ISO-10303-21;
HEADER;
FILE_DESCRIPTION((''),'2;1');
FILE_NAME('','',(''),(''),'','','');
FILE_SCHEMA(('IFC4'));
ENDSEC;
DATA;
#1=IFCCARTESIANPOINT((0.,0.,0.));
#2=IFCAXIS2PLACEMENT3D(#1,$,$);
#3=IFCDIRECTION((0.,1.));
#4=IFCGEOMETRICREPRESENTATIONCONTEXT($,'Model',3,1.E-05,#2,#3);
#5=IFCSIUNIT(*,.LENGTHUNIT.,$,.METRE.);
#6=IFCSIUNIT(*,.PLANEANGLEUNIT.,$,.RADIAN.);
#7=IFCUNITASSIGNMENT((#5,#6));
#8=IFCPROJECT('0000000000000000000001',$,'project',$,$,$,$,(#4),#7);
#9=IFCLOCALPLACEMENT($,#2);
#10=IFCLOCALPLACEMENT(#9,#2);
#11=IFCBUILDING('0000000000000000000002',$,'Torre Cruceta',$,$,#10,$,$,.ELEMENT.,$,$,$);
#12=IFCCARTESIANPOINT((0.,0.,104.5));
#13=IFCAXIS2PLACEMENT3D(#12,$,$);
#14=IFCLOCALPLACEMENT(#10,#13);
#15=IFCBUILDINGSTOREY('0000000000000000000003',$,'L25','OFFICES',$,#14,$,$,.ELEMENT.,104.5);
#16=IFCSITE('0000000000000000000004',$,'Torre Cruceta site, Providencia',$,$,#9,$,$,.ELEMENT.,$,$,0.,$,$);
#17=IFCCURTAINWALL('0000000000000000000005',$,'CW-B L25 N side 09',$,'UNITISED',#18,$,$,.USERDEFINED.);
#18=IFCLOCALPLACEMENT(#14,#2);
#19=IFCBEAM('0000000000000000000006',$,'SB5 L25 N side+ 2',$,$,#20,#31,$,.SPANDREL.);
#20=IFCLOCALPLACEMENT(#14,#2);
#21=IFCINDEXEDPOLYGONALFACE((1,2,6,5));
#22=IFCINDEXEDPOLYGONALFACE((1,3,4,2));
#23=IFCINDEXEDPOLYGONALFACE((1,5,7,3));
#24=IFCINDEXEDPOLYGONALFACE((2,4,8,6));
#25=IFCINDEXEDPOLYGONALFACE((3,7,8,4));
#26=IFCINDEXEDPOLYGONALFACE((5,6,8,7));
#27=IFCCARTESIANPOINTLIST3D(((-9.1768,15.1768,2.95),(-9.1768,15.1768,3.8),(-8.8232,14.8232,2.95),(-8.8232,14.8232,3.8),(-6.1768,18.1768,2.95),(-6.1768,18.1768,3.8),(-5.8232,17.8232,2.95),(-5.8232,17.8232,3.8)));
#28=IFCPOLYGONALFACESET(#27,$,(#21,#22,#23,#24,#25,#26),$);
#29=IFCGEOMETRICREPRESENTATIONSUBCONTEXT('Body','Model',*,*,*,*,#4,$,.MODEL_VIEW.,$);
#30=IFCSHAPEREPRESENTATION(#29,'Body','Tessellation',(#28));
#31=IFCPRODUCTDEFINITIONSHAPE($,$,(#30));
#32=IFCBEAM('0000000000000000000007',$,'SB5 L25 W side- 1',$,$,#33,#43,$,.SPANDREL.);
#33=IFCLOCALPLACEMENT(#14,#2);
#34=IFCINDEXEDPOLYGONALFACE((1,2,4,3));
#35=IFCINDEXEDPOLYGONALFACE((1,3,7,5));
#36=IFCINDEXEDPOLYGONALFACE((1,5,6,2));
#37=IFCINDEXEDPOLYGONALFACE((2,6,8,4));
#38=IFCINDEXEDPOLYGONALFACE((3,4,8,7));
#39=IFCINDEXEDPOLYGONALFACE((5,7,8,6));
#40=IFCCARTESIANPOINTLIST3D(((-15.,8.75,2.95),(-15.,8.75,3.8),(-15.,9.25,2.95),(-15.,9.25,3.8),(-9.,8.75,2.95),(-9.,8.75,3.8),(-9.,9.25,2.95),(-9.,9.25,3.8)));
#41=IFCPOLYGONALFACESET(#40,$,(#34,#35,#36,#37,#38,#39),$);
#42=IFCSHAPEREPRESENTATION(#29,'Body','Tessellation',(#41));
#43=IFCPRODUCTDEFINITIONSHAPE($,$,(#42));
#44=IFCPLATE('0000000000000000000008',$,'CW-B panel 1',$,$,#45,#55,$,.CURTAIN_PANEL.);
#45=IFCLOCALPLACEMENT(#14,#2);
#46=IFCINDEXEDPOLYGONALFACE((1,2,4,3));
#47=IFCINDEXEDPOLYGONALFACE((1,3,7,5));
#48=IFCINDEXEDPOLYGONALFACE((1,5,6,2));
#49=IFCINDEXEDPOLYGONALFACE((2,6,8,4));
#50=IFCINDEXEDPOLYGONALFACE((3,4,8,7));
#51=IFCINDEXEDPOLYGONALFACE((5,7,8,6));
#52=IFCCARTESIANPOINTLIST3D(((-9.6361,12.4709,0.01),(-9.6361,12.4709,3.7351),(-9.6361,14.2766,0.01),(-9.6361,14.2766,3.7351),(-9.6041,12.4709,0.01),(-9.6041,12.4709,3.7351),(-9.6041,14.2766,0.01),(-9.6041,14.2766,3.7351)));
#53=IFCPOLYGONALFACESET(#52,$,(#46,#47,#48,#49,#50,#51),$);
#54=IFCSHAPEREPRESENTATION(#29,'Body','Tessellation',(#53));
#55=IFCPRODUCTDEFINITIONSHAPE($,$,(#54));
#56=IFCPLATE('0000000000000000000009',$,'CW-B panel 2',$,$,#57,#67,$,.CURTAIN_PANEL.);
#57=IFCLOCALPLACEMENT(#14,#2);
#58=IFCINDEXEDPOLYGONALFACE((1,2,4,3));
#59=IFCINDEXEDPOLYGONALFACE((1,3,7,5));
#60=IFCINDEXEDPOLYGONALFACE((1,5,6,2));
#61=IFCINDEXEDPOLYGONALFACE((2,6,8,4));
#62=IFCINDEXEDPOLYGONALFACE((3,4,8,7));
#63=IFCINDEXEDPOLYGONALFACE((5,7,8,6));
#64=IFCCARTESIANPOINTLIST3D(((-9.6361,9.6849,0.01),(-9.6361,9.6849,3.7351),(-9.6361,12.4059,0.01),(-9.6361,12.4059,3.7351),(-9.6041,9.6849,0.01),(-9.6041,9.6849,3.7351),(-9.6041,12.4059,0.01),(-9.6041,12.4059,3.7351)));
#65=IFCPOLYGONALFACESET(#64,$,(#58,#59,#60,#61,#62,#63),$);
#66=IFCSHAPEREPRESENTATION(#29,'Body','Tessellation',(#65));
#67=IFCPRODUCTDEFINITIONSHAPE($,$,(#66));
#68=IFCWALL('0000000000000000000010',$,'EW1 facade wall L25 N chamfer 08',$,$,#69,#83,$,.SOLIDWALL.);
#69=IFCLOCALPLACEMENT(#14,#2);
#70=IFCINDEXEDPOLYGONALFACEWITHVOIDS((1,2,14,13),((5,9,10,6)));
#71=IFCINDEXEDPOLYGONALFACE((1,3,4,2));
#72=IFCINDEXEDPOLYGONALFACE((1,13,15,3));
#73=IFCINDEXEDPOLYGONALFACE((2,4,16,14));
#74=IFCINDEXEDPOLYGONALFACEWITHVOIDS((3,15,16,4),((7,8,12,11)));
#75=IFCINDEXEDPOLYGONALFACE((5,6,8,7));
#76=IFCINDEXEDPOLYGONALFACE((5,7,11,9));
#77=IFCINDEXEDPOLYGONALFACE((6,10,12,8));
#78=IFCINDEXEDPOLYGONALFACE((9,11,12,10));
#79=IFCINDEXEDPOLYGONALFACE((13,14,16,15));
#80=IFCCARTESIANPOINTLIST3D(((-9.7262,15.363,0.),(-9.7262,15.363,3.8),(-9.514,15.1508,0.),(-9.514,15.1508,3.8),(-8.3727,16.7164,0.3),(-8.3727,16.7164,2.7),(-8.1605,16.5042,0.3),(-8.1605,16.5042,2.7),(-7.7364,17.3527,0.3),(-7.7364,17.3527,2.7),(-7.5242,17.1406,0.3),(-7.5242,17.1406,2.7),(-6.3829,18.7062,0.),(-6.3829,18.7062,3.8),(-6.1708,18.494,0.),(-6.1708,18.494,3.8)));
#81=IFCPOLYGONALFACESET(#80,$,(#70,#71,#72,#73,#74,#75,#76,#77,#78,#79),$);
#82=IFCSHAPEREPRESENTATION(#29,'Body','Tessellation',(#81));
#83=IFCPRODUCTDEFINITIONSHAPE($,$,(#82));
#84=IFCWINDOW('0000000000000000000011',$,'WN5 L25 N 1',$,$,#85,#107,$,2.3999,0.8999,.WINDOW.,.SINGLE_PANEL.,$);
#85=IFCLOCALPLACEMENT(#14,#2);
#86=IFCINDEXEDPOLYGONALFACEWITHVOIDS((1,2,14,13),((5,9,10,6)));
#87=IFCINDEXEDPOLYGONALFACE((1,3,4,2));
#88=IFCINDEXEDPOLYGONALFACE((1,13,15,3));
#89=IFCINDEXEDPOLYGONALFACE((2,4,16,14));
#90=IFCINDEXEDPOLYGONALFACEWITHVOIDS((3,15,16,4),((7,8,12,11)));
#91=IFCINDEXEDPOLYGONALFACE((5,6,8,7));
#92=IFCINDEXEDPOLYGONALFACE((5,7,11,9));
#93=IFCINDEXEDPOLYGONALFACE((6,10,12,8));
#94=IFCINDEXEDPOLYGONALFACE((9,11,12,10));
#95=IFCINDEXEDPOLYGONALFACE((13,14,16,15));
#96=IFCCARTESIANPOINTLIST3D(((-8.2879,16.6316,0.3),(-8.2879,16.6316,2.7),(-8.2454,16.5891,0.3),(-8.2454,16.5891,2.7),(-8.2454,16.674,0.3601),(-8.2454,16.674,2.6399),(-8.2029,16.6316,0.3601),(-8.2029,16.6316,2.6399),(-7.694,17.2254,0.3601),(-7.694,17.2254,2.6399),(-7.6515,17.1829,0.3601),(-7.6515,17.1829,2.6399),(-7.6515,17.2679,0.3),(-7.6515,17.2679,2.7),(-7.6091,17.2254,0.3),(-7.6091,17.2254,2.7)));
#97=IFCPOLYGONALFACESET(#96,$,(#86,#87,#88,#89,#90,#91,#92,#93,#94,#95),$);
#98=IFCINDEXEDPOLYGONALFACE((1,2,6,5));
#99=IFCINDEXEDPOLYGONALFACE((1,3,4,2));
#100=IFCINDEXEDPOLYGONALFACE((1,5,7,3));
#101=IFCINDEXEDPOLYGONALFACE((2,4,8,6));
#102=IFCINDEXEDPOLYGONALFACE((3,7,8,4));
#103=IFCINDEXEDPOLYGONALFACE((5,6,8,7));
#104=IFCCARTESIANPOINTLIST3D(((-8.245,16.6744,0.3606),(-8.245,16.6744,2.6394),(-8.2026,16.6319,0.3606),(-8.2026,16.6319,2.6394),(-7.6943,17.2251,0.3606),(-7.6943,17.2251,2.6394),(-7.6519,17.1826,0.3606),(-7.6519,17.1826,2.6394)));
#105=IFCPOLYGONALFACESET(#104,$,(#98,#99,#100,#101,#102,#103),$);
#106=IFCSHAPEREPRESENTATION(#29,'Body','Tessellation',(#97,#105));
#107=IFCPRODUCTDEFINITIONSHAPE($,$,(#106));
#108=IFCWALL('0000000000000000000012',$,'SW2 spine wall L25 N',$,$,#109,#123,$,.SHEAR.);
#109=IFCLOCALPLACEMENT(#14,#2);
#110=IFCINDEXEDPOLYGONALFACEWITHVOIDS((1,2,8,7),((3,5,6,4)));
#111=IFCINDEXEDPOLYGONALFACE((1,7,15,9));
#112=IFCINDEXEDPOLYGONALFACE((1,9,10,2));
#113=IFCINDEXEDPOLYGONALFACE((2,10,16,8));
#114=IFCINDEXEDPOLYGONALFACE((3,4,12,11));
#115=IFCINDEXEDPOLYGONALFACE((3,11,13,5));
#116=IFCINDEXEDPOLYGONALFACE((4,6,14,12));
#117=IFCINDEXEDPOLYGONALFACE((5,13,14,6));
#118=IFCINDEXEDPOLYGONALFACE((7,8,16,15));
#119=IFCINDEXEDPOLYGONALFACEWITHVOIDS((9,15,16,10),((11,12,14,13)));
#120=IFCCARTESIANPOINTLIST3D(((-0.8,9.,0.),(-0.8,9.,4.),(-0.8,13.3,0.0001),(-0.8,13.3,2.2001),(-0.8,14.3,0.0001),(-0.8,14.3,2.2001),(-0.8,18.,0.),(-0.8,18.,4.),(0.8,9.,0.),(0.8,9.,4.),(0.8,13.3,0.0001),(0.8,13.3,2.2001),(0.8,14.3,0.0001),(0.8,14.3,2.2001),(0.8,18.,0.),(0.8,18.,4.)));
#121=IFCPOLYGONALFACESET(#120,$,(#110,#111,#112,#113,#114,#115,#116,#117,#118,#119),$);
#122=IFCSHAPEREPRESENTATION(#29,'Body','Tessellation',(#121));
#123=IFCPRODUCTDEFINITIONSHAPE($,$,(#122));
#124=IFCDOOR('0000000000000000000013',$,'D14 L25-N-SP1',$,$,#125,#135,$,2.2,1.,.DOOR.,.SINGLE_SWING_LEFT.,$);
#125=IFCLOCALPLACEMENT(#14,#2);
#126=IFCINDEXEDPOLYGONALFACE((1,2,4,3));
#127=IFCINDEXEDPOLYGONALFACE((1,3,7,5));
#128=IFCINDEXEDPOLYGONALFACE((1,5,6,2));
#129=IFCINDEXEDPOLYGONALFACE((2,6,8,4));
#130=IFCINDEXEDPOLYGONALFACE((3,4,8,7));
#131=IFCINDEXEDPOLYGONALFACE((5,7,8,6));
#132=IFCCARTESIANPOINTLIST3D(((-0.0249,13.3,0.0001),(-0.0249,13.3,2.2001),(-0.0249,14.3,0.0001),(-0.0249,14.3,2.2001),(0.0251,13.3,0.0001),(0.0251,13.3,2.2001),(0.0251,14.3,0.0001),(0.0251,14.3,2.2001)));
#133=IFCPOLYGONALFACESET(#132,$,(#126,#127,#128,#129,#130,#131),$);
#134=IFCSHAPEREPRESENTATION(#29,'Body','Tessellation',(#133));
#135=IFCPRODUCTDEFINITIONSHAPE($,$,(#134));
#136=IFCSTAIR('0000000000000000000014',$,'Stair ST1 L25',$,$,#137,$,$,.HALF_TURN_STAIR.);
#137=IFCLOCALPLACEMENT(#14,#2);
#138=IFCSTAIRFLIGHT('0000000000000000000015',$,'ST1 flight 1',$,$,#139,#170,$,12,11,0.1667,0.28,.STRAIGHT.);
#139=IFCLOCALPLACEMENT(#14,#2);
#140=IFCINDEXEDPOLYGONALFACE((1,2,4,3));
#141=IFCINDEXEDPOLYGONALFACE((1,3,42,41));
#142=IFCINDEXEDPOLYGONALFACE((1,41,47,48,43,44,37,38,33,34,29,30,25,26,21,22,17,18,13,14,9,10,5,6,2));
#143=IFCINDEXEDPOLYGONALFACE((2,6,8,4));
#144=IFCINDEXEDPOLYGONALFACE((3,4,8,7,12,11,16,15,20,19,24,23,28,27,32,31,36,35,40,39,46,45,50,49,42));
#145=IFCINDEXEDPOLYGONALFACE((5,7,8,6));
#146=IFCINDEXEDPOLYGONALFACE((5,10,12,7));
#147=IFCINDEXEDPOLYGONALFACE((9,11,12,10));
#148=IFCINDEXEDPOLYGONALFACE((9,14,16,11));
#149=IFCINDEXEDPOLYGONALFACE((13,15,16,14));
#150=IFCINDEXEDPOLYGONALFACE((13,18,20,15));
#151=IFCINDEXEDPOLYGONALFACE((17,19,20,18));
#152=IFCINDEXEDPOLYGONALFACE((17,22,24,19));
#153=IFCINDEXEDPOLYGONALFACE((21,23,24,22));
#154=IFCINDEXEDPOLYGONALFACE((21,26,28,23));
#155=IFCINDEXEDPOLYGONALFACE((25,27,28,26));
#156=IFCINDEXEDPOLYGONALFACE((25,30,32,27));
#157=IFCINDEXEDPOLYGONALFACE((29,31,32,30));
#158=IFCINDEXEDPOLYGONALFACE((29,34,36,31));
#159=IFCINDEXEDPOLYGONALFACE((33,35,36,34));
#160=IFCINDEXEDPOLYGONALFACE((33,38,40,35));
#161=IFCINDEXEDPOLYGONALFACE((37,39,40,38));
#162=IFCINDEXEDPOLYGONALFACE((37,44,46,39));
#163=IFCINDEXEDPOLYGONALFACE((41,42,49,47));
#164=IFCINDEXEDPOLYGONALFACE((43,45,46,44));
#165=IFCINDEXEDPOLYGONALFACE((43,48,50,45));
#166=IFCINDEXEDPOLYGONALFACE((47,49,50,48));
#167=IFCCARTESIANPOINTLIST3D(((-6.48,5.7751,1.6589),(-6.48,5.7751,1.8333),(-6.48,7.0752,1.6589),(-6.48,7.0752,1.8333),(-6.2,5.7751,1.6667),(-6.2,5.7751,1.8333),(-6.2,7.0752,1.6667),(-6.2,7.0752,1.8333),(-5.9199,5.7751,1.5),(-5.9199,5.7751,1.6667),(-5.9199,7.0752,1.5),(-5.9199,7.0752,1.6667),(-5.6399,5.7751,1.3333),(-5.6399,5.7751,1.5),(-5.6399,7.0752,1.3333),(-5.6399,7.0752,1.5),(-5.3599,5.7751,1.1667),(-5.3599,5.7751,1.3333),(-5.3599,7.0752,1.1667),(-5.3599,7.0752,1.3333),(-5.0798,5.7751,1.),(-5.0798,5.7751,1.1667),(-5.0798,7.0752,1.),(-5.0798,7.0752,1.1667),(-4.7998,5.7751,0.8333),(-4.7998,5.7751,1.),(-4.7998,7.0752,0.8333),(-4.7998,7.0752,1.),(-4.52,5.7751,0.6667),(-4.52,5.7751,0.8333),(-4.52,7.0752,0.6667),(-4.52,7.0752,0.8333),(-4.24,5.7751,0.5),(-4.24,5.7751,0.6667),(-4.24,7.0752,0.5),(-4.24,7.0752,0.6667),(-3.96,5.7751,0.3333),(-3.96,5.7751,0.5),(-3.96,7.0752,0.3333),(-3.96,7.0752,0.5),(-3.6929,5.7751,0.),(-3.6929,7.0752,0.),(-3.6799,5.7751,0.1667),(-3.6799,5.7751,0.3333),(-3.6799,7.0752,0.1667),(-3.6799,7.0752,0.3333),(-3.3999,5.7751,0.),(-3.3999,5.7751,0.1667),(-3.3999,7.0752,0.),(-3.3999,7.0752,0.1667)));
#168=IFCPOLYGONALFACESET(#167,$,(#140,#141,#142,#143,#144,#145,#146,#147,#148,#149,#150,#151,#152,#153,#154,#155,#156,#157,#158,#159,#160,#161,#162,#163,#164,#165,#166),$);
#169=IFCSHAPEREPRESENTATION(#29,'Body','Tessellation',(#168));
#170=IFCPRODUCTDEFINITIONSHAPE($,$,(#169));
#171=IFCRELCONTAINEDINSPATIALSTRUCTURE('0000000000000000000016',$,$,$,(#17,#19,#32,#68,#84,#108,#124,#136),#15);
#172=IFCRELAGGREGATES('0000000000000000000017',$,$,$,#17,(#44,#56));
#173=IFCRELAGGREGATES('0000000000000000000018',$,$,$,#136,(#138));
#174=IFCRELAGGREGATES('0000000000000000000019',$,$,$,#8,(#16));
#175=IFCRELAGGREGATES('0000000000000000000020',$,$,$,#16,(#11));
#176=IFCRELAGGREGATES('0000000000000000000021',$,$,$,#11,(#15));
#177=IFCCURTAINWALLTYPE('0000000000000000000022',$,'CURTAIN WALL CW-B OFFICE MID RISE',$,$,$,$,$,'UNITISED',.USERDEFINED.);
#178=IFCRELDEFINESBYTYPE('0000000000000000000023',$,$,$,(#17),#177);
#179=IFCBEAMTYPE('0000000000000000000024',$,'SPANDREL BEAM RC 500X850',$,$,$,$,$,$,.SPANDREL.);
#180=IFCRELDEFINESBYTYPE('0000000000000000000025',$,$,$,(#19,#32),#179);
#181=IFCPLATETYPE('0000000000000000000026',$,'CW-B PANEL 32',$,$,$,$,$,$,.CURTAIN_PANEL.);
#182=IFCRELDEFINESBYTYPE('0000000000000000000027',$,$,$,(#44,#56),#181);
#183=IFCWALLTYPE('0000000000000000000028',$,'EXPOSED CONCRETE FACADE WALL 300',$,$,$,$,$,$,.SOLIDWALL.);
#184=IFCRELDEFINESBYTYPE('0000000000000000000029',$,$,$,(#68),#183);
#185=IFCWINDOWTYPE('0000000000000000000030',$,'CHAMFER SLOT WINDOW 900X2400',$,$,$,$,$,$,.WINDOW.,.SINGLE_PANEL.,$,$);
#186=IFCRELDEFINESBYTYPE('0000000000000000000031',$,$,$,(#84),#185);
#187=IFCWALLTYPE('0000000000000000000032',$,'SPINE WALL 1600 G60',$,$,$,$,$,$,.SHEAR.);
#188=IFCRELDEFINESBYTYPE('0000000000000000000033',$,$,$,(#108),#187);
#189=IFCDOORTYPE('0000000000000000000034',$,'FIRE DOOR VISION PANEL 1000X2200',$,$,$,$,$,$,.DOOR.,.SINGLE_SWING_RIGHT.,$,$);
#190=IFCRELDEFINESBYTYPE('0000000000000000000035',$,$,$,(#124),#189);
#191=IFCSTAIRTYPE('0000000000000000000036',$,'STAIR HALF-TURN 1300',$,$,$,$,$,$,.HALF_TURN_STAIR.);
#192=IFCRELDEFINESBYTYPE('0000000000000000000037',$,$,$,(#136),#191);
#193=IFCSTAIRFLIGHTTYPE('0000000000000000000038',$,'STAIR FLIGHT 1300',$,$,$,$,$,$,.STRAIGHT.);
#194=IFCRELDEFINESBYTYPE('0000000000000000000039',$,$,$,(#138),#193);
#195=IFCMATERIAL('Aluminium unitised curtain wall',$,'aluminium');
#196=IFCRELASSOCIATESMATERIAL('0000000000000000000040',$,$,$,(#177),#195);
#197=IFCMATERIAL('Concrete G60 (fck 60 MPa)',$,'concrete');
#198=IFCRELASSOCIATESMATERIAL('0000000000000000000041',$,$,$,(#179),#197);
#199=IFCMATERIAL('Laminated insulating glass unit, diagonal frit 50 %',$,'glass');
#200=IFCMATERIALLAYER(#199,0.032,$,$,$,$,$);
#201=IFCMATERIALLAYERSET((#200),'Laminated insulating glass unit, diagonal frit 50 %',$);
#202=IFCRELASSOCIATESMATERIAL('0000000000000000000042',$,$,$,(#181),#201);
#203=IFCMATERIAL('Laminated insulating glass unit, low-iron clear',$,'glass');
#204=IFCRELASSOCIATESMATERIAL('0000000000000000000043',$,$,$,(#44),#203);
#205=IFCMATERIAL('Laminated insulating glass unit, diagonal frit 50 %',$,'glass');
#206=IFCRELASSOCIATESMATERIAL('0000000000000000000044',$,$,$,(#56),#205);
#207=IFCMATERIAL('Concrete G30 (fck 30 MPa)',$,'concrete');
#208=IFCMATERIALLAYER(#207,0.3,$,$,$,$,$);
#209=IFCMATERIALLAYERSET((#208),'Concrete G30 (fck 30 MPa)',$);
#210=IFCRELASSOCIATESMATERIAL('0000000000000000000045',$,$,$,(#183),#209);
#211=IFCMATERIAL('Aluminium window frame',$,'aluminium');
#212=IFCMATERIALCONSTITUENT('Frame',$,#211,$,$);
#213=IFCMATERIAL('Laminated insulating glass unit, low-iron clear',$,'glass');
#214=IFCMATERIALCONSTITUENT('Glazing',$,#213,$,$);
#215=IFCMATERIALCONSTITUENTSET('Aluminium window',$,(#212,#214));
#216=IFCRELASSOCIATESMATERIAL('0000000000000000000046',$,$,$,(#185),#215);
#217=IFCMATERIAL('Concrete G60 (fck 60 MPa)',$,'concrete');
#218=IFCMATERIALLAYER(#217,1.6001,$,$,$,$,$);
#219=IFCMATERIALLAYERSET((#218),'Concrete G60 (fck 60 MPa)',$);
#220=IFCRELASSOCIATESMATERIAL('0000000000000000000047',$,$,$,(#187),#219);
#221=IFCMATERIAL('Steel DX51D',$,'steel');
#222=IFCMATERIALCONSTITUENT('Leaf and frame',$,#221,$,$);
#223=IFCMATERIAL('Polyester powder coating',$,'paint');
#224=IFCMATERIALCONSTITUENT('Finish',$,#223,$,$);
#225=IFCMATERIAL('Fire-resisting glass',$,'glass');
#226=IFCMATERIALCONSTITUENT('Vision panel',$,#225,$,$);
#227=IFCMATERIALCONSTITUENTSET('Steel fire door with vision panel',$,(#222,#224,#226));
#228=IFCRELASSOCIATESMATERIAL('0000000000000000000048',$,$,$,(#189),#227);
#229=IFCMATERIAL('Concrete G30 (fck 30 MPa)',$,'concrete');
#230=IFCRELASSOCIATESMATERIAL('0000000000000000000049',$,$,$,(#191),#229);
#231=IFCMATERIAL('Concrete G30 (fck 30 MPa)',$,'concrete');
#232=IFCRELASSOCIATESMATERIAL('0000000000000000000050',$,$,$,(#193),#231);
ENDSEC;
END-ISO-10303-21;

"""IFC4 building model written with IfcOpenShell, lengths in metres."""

from ifc_helpers import new_model, si_unit, direction, frame, frame_2d, origin, origin_2d, place, context, subcontext, project, spatial, polyline, rectangle, hollow_rectangle, outline, extrude, material, layer, layer_set, constituent, constituent_set, material_profile, profile_set, type_object, element, fill, aggregate, save


model = new_model("IFC4")

# Units and contexts
model_context = context("Model", 3, precision=1e-05, world=origin(), true_north=direction((0.0, 1.0)))
body_context = subcontext(model_context, "Body", "Model", "MODEL_VIEW")
ifc_project = project(units=[si_unit("LENGTHUNIT", "METRE"), si_unit("PLANEANGLEUNIT", "RADIAN")], contexts=[model_context])

# Site, building, storey
site_placement = place(None, origin())
site = spatial("IfcSite", under=ifc_project, at=site_placement, Name="Torre Cruceta site, Providencia", CompositionType="ELEMENT", RefElevation=0.0)
building_placement = place(site_placement, origin())
building = spatial("IfcBuilding", under=site, at=building_placement, Name="Torre Cruceta", CompositionType="ELEMENT")
storey_placement = place(building_placement, frame((0.0, 0.0, 104.5)))
storey = spatial("IfcBuildingStorey", under=building, at=storey_placement, Name="L25", Description="OFFICES", CompositionType="ELEMENT", Elevation=104.5)

# Curtain wall
ifc_material_1 = material(Name="Aluminium unitised curtain wall", Category="aluminium")
curtain_wall_type = type_object("IfcCurtainWallType", Name="CURTAIN WALL CW-B OFFICE MID RISE", ElementType="UNITISED", PredefinedType="USERDEFINED", material=ifc_material_1)
curtain_wall_placement = place(storey_placement, origin())
curtain_wall = element("IfcCurtainWall", 1, at=curtain_wall_placement, inside=storey, type_object=curtain_wall_type, Name="CW-B L25 N side 09", ObjectType="UNITISED", PredefinedType="USERDEFINED")

# Beams
ifc_material_2 = material(Name="Concrete G60 (fck 60 MPa)", Category="concrete")
ifc_material_profile_1 = material_profile(ifc_material_2, rectangle(XDim=0.5, YDim=0.8501, at=origin_2d()), Name="RC 500X850")
ifc_profile_set_1 = profile_set([ifc_material_profile_1], Name="Concrete G60 (fck 60 MPa)")
beam_type_1 = type_object("IfcBeamType", Name="SPANDREL BEAM RC 500X850", PredefinedType="SPANDREL", material=ifc_profile_set_1)
beam_1_placement = place(storey_placement, frame((-9.0, 15.0, 3.375), z_axis=(0.707107, 0.707107, 0.0), x_axis=(-0.707107, 0.707107, 0.0)))
element("IfcBeam", 2, at=beam_1_placement, inside=storey, type_object=beam_type_1, Name="SB5 L25 N side+ 2", PredefinedType="SPANDREL", context=body_context, shape_type="SweptSolid", body=[
    extrude(rectangle(XDim=0.5, YDim=0.8501, at=origin_2d()), origin(), (0.0, 0.0, 1.0), 4.2427),
])
beam_2_placement = place(storey_placement, frame((-9.0, 9.0, 3.375), z_axis=(-1.0, 0.0, 0.0), x_axis=(0.0, -1.0, 0.0)))
element("IfcBeam", 3, at=beam_2_placement, inside=storey, type_object=beam_type_1, Name="SB5 L25 W side- 1", PredefinedType="SPANDREL", context=body_context, shape_type="SweptSolid", body=[
    extrude(rectangle(XDim=0.5, YDim=0.8501, at=origin_2d()), origin(), (0.0, 0.0, 1.0), 6.0),
])

# Plates
ifc_material_3 = material(Name="Laminated insulating glass unit, low-iron clear", Category="glass")
ifc_material_4 = material(Name="Laminated insulating glass unit, diagonal frit 50 %", Category="glass")
ifc_layer_1 = layer(ifc_material_4, 0.032)
ifc_layer_set_1 = layer_set([ifc_layer_1], Name="Laminated insulating glass unit, diagonal frit 50 %")
plate_type = type_object("IfcPlateType", Name="CW-B PANEL 32", PredefinedType="CURTAIN_PANEL", material=ifc_layer_set_1)
plate_1_placement = place(storey_placement, frame((-9.6201, 13.3738, 0.01), z_axis=(0.0, 0.0, 1.0), x_axis=(0.0, -1.0, 0.0)))
plate_1 = element("IfcPlate", 4, at=plate_1_placement, type_object=plate_type, material=ifc_material_3, Name="CW-B panel 1", PredefinedType="CURTAIN_PANEL", context=body_context, shape_type="SweptSolid", body=[
    extrude(rectangle(XDim=1.8057, YDim=0.032, at=origin_2d()), origin(), (0.0, 0.0, 1.0), 3.7251),
])
ifc_material_5 = material(Name="Laminated insulating glass unit, diagonal frit 50 %", Category="glass")
plate_2_placement = place(storey_placement, frame((-9.6201, 11.0454, 0.01), z_axis=(0.0, 0.0, 1.0), x_axis=(0.0, -1.0, 0.0)))
plate_2 = element("IfcPlate", 5, at=plate_2_placement, type_object=plate_type, material=ifc_material_5, Name="CW-B panel 2", PredefinedType="CURTAIN_PANEL", context=body_context, shape_type="SweptSolid", body=[
    extrude(rectangle(XDim=2.7209, YDim=0.032, at=origin_2d()), origin(), (0.0, 0.0, 1.0), 3.7251),
])
aggregate(curtain_wall, [plate_1, plate_2])

# Wall, opening, window
ifc_material_6 = material(Name="Concrete G30 (fck 30 MPa)", Category="concrete")
ifc_layer_2 = layer(ifc_material_6, 0.3)
ifc_layer_set_2 = layer_set([ifc_layer_2], Name="Concrete G30 (fck 30 MPa)")
wall_type_1 = type_object("IfcWallType", Name="EXPOSED CONCRETE FACADE WALL 300", PredefinedType="SOLIDWALL", material=ifc_layer_set_2)
wall_1_placement = place(storey_placement, frame((-6.2769, 18.6001, 0.0), z_axis=(0.0, 0.0, 1.0), x_axis=(-0.707107, -0.707107, 0.0)))
wall_1 = element("IfcWall", 6, at=wall_1_placement, inside=storey, type_object=wall_type_1, Name="EW1 facade wall L25 N chamfer 08", PredefinedType="SOLIDWALL", context=body_context, shape_type="SweptSolid", body=[
    extrude(rectangle(XDim=4.728, YDim=0.3, at=frame_2d((2.364, 0.0))), origin(), (0.0, 0.0, 1.0), 3.8),
])
opening_1_placement = place(wall_1_placement, frame((1.9141, 0.0, 0.3)))
opening_1 = element("IfcOpeningElement", 7, at=opening_1_placement, cuts=wall_1, PredefinedType="OPENING", context=body_context, shape_type="SweptSolid", body=[
    extrude(rectangle(XDim=0.8999, YDim=2.3999, at=frame_2d((0.45, 1.2))), frame((0.0, 0.1599, 0.0), z_axis=(0.0, -1.0, 0.0), x_axis=(1.0, 0.0, 0.0)), (0.0, 0.0, 1.0), 0.3201),
])
ifc_material_7 = material(Name="Aluminium window frame", Category="aluminium")
ifc_constituent_1 = constituent(ifc_material_7, Name="Frame")
ifc_material_8 = material(Name="Laminated insulating glass unit, low-iron clear", Category="glass")
ifc_constituent_2 = constituent(ifc_material_8, Name="Glazing")
ifc_constituent_set_1 = constituent_set(constituents=[ifc_constituent_1, ifc_constituent_2], Name="Aluminium window")
window_type = type_object("IfcWindowType", Name="CHAMFER SLOT WINDOW 900X2400", PartitioningType="SINGLE_PANEL", PredefinedType="WINDOW", material=ifc_constituent_set_1)
window_placement = place(opening_1_placement, origin())
window = element("IfcWindow", 8, at=window_placement, inside=storey, type_object=window_type, Name="WN5 L25 N 1", OverallHeight=2.3999, OverallWidth=0.8999, PartitioningType="SINGLE_PANEL", PredefinedType="WINDOW", context=body_context, shape_type="SweptSolid", body=[
    extrude(hollow_rectangle(XDim=0.8999, YDim=2.3999, WallThickness=0.0601, at=frame_2d((0.45, 1.2))), frame((0.0, 0.03, 0.0), z_axis=(0.0, -1.0, 0.0), x_axis=(1.0, 0.0, 0.0)), (0.0, 0.0, 1.0), 0.0601),
    extrude(rectangle(XDim=0.7788, YDim=2.2788, at=frame_2d((0.45, 1.2))), frame((0.0, 0.03, 0.0), z_axis=(0.0, -1.0, 0.0), x_axis=(1.0, 0.0, 0.0)), (0.0, 0.0, 1.0), 0.0601),
])
fill(opening_1, window)

# Wall, opening, door
ifc_material_9 = material(Name="Concrete G60 (fck 60 MPa)", Category="concrete")
ifc_layer_3 = layer(ifc_material_9, 1.6001)
ifc_layer_set_3 = layer_set([ifc_layer_3], Name="Concrete G60 (fck 60 MPa)")
wall_type_2 = type_object("IfcWallType", Name="SPINE WALL 1600 G60", PredefinedType="SHEAR", material=ifc_layer_set_3)
wall_2_placement = place(storey_placement, frame((0.0, 9.0, 0.0), z_axis=(0.0, 0.0, 1.0), x_axis=(0.0, 1.0, 0.0)))
wall_2 = element("IfcWall", 9, at=wall_2_placement, inside=storey, type_object=wall_type_2, Name="SW2 spine wall L25 N", PredefinedType="SHEAR", context=body_context, shape_type="SweptSolid", body=[
    extrude(rectangle(XDim=9.0, YDim=1.6001, at=frame_2d((4.5, 0.0))), origin(), (0.0, 0.0, 1.0), 4.0),
])
opening_2_placement = place(wall_2_placement, frame((4.3, 0.0, 0.0)))
opening_2 = element("IfcOpeningElement", 10, at=opening_2_placement, cuts=wall_2, PredefinedType="OPENING", context=body_context, shape_type="SweptSolid", body=[
    extrude(rectangle(XDim=1.0, YDim=2.2, at=frame_2d((0.5, 1.1001))), frame((0.0, 0.8101, 0.0), z_axis=(0.0, -1.0, 0.0), x_axis=(1.0, 0.0, 0.0)), (0.0, 0.0, 1.0), 1.6201),
])
ifc_material_10 = material(Name="Steel DX51D", Category="steel")
ifc_constituent_3 = constituent(ifc_material_10, Name="Leaf and frame")
ifc_material_11 = material(Name="Polyester powder coating", Category="paint")
ifc_constituent_4 = constituent(ifc_material_11, Name="Finish")
ifc_material_12 = material(Name="Fire-resisting glass", Category="glass")
ifc_constituent_5 = constituent(ifc_material_12, Name="Vision panel")
ifc_constituent_set_2 = constituent_set(constituents=[ifc_constituent_3, ifc_constituent_4, ifc_constituent_5], Name="Steel fire door with vision panel")
door_type_1 = type_object("IfcDoorType", Name="FIRE DOOR VISION PANEL 1000X2200", OperationType="SINGLE_SWING_RIGHT", PredefinedType="DOOR", material=ifc_constituent_set_2)
door_1_placement = place(opening_2_placement, frame((1.0, 0.0, 0.0), z_axis=(0.0, 0.0, 1.0), x_axis=(-1.0, 0.0, 0.0)))
door_1 = element("IfcDoor", 11, at=door_1_placement, inside=storey, type_object=door_type_1, Name="D14 L25-N-SP1", OperationType="SINGLE_SWING_LEFT", OverallHeight=2.2, OverallWidth=1.0, PredefinedType="DOOR", context=body_context, shape_type="SweptSolid", body=[
    extrude(rectangle(XDim=1.0, YDim=2.2, at=frame_2d((0.5, 1.1001))), frame((0.0, 0.0251, 0.0), z_axis=(0.0, -1.0, 0.0), x_axis=(1.0, 0.0, 0.0)), (0.0, 0.0, 1.0), 0.05),
])
fill(opening_2, door_1)

# Stair, stair flight
ifc_material_13 = material(Name="Concrete G30 (fck 30 MPa)", Category="concrete")
stair_type = type_object("IfcStairType", Name="STAIR HALF-TURN 1300", PredefinedType="HALF_TURN_STAIR", material=ifc_material_13)
stair_placement = place(storey_placement, origin())
stair = element("IfcStair", 12, at=stair_placement, inside=storey, type_object=stair_type, Name="Stair ST1 L25", PredefinedType="HALF_TURN_STAIR")
ifc_material_14 = material(Name="Concrete G30 (fck 30 MPa)", Category="concrete")
stair_flight_type = type_object("IfcStairFlightType", Name="STAIR FLIGHT 1300", PredefinedType="STRAIGHT", material=ifc_material_14)
stair_flight_1_placement = place(storey_placement, frame((-3.3999, 6.425, 0.0), z_axis=(0.0, 0.0, 1.0), x_axis=(-1.0, 0.0, 0.0)))
stair_flight_1 = element("IfcStairFlight", 13, at=stair_flight_1_placement, type_object=stair_flight_type, Name="ST1 flight 1", NumberOfRisers=12, NumberOfTreads=11, PredefinedType="STRAIGHT", RiserHeight=0.1667, TreadLength=0.28, context=body_context, shape_type="SweptSolid", body=[
    extrude(outline(polyline([(0.0, 0.0), (0.0, 0.1667), (0.28, 0.1667), (0.28, 0.3333), (0.5601, 0.3333), (0.5601, 0.5), (0.8401, 0.5), (0.8401, 0.6667), (1.1201, 0.6667), (1.1201, 0.8333), (1.3999, 0.8333), (1.3999, 1.0), (1.6799, 1.0), (1.6799, 1.1667), (1.96, 1.1667), (1.96, 1.3333), (2.24, 1.3333), (2.24, 1.5), (2.52, 1.5), (2.52, 1.6667), (2.8, 1.6667), (2.8, 1.8333), (3.0801, 1.8333), (3.0801, 2.0), (3.0801, 1.6589), (0.293, 0.0), (0.0, 0.0)])), frame((0.0, 0.6499, 0.0), z_axis=(0.0, -1.0, 0.0), x_axis=(1.0, 0.0, 0.0)), (0.0, 0.0, 1.0), 1.3),
])
aggregate(stair, [stair_flight_1])

save(model, "model.ifc")
